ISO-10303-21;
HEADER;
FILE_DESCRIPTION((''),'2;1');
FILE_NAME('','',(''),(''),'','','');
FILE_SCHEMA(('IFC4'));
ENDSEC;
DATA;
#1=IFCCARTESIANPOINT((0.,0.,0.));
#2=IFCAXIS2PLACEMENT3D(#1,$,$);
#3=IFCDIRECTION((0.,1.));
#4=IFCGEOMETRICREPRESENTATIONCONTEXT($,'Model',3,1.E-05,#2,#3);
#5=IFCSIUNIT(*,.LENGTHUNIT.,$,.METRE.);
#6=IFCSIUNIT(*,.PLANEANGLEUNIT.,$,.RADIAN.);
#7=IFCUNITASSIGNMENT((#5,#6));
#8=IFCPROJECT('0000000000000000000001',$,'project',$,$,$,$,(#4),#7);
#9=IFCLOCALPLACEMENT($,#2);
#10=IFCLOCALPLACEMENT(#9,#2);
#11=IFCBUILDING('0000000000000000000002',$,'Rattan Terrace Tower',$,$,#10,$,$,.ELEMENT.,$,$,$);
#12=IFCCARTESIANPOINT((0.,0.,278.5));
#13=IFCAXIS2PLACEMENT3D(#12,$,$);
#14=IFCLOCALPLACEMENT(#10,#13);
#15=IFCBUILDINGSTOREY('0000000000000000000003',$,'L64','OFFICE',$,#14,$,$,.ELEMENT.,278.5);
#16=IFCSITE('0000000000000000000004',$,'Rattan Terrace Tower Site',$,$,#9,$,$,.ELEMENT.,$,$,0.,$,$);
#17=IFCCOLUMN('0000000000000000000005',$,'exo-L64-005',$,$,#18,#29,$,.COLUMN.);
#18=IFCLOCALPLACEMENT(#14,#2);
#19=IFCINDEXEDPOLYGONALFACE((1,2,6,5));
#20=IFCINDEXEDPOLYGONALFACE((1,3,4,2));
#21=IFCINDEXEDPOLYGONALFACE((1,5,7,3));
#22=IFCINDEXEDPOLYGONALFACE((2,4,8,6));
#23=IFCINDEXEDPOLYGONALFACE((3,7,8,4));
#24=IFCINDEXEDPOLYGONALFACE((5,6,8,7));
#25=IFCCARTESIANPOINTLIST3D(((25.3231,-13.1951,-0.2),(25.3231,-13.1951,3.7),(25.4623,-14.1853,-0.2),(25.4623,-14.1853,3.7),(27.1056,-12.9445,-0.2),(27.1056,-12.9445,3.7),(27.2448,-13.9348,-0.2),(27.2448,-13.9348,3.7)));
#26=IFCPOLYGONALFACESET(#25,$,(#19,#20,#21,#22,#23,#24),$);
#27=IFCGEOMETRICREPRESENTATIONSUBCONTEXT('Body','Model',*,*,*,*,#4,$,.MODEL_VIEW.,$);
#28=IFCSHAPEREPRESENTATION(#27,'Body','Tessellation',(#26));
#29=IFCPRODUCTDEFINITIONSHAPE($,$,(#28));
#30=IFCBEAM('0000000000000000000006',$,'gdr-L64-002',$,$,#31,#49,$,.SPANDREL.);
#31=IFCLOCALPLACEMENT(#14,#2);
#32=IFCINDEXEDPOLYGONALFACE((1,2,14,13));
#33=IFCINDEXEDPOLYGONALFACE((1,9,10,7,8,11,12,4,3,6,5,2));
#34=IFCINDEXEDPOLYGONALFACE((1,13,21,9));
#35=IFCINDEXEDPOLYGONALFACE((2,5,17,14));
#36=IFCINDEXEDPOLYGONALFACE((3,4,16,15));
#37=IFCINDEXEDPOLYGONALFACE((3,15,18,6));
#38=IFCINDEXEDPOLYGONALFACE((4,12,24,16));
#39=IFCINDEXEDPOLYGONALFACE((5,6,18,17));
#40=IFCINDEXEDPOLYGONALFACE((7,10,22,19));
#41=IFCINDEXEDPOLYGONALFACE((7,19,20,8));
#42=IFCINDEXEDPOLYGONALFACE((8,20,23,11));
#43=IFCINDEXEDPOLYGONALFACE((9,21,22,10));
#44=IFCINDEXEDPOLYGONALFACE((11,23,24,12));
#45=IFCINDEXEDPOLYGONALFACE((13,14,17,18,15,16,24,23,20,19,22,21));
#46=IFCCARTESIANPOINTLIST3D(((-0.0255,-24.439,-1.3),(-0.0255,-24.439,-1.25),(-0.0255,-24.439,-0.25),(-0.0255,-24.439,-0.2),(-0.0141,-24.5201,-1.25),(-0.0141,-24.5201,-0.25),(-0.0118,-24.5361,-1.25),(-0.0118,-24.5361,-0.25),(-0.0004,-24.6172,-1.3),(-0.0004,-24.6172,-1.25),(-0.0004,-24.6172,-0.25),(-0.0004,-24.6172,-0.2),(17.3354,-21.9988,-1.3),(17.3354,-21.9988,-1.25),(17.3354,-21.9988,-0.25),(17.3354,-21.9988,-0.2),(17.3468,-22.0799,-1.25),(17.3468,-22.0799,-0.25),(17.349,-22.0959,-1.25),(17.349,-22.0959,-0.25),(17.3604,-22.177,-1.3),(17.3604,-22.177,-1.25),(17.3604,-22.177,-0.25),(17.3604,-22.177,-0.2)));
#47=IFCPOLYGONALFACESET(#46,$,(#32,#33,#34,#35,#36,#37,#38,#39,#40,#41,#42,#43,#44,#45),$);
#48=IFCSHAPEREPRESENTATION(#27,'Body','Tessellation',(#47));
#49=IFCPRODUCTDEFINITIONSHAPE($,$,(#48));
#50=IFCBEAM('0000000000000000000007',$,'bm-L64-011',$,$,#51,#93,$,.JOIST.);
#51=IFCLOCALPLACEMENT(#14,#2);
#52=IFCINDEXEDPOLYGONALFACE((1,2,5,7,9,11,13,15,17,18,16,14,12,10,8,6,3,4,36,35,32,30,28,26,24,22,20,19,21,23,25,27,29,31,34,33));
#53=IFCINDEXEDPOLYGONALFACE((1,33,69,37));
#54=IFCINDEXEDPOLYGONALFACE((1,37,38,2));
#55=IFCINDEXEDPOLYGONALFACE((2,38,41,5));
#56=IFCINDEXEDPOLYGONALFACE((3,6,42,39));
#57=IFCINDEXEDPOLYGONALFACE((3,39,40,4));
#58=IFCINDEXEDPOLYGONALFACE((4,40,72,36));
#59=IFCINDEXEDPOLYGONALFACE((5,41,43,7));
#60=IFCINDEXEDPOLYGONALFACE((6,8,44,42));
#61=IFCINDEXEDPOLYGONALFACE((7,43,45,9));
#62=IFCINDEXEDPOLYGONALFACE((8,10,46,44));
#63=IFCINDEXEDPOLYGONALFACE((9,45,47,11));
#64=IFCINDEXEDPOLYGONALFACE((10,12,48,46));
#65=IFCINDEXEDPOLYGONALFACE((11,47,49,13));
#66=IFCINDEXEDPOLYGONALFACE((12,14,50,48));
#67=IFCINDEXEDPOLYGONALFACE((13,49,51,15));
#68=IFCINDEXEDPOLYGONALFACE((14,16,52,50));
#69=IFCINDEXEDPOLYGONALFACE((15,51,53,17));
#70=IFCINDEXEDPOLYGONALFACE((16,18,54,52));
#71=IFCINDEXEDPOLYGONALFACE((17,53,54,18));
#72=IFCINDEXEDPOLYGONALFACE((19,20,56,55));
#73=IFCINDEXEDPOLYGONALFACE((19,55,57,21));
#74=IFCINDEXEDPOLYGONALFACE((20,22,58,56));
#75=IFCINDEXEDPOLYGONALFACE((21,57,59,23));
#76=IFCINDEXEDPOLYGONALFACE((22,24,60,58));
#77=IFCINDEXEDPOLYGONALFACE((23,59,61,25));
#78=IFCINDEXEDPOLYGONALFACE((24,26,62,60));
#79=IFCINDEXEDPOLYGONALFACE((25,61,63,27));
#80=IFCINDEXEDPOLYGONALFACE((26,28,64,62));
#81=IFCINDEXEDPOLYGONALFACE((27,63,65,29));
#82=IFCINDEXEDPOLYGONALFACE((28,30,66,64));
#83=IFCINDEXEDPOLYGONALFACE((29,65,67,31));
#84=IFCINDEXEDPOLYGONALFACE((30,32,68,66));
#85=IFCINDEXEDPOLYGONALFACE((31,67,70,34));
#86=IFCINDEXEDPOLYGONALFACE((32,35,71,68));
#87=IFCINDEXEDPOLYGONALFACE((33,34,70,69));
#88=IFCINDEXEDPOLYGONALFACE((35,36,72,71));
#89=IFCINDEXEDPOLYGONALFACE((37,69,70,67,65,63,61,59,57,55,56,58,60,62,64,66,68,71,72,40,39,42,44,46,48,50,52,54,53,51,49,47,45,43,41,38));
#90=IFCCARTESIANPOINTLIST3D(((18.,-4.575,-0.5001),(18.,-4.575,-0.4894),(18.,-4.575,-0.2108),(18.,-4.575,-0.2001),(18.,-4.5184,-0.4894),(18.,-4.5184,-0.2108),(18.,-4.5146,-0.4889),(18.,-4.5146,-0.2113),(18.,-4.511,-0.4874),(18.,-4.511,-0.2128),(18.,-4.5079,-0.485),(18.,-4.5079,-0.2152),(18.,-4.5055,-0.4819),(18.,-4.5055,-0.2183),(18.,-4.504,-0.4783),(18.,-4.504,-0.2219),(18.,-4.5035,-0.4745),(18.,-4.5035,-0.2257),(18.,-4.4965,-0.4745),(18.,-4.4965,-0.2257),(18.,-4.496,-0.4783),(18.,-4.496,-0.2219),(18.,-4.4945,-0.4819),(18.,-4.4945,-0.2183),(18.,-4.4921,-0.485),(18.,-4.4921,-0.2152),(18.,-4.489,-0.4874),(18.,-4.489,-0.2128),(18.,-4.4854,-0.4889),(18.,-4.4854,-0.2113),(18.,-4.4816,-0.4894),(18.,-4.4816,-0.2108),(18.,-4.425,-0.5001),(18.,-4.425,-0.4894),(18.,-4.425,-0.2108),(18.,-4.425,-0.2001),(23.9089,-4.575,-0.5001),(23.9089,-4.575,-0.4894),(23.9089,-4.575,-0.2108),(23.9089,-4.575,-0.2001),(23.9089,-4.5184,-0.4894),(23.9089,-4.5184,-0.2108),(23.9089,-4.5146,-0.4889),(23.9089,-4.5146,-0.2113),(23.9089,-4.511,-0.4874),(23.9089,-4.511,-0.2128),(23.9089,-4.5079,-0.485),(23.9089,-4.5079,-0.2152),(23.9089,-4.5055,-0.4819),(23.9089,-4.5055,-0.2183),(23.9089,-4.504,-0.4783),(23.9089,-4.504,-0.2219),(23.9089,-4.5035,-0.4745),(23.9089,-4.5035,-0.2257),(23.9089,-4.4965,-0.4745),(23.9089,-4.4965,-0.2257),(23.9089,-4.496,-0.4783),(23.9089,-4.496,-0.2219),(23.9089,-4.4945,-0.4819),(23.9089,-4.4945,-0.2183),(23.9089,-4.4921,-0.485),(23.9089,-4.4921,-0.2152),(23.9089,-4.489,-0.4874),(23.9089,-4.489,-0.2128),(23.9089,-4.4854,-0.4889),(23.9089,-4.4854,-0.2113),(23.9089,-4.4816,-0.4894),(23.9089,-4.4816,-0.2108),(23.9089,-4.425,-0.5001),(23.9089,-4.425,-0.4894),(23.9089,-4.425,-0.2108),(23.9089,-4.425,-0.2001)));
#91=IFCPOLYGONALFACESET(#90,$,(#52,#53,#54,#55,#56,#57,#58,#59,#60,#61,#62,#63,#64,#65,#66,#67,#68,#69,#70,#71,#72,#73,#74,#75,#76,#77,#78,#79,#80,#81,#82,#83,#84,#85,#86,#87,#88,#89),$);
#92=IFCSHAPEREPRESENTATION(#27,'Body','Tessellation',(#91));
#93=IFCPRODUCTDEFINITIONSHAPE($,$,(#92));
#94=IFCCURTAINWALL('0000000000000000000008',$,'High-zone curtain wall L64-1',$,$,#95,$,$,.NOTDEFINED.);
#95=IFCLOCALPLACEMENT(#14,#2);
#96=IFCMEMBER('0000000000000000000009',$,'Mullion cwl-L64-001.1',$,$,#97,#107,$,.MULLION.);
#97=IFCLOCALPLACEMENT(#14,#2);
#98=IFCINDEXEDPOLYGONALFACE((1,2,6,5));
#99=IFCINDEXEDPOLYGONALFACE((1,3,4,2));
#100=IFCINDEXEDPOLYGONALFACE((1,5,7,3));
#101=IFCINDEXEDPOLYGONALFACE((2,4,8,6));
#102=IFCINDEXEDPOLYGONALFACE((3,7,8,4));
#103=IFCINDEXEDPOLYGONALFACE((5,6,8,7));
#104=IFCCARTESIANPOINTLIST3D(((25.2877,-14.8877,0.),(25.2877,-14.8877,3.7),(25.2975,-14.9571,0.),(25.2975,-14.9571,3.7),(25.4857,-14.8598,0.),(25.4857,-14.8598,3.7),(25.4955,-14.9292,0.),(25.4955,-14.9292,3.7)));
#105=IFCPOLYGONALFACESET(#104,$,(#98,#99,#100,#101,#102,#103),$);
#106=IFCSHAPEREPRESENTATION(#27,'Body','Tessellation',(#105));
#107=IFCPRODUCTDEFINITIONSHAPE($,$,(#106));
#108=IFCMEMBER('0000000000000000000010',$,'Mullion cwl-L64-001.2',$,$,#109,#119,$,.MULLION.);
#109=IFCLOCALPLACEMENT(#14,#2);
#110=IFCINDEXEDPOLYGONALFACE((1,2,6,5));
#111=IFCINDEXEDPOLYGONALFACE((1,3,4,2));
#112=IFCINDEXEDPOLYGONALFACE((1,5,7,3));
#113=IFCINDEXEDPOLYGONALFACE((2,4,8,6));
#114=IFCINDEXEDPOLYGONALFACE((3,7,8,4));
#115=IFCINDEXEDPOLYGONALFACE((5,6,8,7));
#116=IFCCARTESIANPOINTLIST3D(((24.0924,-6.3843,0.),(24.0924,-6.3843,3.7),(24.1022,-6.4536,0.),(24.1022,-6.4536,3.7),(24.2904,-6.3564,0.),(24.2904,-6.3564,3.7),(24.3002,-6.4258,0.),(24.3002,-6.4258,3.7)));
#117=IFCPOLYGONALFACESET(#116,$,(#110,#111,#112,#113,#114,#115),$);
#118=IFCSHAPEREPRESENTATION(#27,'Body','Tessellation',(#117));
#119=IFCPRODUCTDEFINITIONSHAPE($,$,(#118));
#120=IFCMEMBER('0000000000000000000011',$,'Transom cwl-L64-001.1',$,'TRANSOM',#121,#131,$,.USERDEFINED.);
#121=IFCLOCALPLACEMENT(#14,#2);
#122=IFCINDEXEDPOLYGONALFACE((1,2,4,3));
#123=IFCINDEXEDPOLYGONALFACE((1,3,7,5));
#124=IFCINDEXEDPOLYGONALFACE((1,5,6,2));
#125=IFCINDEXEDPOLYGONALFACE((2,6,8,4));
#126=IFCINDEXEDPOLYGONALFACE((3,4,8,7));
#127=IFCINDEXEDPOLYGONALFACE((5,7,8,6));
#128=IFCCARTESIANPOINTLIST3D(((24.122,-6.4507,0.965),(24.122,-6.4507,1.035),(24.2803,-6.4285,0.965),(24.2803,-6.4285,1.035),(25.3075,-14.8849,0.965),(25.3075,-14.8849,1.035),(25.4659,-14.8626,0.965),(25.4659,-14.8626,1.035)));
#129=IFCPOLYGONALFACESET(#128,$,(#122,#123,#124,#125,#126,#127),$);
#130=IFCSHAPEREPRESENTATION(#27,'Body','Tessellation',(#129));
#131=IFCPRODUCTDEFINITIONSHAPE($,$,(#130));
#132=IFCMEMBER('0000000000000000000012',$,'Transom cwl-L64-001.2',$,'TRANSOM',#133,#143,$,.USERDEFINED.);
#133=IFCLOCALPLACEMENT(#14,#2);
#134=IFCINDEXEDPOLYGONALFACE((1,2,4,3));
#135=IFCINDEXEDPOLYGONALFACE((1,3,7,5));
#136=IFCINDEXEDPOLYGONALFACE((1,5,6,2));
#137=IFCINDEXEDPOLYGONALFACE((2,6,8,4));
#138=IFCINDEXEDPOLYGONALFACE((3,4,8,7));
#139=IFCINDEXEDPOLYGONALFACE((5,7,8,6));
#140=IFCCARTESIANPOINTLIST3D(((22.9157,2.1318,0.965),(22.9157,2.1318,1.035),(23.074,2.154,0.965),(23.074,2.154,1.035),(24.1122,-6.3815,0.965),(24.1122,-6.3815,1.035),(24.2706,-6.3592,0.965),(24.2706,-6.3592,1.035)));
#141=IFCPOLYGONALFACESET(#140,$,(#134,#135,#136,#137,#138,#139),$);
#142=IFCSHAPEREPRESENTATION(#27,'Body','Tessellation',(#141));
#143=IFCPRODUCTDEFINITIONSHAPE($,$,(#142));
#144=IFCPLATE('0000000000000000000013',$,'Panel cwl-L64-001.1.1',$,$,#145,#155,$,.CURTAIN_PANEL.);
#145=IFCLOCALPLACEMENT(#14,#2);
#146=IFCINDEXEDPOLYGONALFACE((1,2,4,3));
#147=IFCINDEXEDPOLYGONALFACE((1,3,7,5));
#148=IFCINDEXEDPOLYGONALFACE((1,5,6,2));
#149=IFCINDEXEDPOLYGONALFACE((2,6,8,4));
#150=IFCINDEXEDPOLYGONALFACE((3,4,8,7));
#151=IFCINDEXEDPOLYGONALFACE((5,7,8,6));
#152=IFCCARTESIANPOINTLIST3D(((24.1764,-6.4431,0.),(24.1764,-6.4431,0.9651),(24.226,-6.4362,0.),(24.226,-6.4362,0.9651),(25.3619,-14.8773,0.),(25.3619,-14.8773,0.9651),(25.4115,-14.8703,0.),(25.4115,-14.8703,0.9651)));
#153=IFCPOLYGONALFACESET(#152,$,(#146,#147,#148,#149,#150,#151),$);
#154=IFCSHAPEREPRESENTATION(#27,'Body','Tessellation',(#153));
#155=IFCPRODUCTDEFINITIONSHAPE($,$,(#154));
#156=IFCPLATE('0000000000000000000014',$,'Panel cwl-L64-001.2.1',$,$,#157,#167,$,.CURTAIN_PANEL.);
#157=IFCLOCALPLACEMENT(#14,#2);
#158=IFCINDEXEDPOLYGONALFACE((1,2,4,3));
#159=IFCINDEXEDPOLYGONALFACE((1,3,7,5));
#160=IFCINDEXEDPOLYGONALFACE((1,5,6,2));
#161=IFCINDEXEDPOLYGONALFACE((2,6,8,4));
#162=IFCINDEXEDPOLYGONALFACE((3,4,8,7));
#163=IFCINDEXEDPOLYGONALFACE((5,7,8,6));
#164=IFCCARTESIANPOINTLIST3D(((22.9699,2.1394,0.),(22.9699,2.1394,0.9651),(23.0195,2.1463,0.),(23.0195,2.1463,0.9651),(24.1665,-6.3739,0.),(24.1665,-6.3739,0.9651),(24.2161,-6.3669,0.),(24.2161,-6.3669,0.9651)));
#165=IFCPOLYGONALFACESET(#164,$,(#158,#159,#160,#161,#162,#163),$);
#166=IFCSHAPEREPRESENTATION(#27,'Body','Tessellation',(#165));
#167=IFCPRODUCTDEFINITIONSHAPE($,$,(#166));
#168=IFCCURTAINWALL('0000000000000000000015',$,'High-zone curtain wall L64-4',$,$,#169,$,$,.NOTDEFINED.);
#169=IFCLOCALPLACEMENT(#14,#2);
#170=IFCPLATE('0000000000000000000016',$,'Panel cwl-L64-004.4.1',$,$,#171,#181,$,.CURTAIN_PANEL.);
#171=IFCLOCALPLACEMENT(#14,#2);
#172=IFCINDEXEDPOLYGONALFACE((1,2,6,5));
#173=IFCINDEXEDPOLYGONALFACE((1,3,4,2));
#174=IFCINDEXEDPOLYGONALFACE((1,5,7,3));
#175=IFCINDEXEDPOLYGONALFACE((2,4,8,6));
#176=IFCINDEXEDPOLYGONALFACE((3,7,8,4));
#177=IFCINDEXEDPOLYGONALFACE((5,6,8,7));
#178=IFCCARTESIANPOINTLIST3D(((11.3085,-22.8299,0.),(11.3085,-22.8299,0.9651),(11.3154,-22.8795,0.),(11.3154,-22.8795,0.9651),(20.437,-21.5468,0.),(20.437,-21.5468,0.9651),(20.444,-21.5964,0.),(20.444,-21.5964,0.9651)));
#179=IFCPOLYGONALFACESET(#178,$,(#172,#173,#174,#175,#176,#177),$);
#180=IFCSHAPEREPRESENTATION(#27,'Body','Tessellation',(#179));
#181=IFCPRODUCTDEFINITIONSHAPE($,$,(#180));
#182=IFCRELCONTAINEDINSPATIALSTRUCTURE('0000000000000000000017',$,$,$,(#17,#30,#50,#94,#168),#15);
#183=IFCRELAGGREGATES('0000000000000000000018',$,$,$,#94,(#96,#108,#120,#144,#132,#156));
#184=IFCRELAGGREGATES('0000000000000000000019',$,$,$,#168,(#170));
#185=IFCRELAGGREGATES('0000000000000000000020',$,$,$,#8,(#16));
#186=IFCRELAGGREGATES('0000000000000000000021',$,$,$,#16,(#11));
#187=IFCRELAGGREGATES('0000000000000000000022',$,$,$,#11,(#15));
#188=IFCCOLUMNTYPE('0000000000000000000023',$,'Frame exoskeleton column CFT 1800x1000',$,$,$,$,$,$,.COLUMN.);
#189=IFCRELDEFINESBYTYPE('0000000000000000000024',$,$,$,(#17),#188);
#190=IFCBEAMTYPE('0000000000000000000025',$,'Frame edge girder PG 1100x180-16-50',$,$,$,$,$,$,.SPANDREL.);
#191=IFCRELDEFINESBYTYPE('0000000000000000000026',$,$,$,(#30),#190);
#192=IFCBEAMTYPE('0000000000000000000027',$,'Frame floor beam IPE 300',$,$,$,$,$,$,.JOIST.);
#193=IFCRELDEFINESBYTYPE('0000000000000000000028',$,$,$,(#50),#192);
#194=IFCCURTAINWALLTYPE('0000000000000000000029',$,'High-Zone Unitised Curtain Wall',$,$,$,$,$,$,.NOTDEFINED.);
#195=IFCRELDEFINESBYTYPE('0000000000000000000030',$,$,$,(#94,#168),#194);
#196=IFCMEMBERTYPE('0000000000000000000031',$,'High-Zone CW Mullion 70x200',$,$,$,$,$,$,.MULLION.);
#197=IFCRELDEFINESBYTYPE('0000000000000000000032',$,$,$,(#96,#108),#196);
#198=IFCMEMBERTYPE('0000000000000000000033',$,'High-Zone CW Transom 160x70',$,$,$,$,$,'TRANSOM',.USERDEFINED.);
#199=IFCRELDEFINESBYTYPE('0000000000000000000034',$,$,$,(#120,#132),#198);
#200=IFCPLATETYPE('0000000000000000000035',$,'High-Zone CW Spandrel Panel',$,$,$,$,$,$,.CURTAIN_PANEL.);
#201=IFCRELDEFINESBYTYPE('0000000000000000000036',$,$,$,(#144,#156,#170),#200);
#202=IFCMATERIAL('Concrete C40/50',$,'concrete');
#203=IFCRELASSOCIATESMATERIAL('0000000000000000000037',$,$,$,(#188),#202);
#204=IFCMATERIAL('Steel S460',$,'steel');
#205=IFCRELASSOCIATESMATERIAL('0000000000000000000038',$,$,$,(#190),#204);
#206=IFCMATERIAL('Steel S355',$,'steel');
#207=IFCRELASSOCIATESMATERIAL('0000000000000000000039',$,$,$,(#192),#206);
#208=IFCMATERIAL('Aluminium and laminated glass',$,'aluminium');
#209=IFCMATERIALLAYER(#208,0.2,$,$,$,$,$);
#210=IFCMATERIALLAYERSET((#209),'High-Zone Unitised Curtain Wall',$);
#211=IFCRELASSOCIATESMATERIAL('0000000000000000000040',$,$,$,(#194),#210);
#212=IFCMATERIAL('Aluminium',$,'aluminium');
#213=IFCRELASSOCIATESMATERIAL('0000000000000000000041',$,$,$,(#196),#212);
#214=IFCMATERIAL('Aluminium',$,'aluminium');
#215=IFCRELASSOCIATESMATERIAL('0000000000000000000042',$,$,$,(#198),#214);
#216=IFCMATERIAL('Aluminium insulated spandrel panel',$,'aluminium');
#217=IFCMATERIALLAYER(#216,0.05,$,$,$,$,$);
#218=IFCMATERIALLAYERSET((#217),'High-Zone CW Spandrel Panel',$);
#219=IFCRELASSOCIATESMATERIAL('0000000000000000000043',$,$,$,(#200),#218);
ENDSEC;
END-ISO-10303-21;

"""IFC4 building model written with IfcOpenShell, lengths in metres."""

from ifc_helpers import new_model, si_unit, direction, frame, origin, origin_2d, place, context, subcontext, project, spatial, rectangle, i_section, extrude, material, layer, layer_set, material_profile, profile_set, type_object, element, aggregate, save


model = new_model("IFC4")

# Units and contexts
model_context = context("Model", 3, precision=1e-05, world=origin(), true_north=direction((0.0, 1.0)))
body_context = subcontext(model_context, "Body", "Model", "MODEL_VIEW")
ifc_project = project(units=[si_unit("LENGTHUNIT", "METRE"), si_unit("PLANEANGLEUNIT", "RADIAN")], contexts=[model_context])

# Site, building, storey
site_placement = place(None, origin())
site = spatial("IfcSite", under=ifc_project, at=site_placement, Name="Rattan Terrace Tower Site", CompositionType="ELEMENT", RefElevation=0.0)
building_placement = place(site_placement, origin())
building = spatial("IfcBuilding", under=site, at=building_placement, Name="Rattan Terrace Tower", CompositionType="ELEMENT")
storey_placement = place(building_placement, frame((0.0, 0.0, 278.5)))
storey = spatial("IfcBuildingStorey", under=building, at=storey_placement, Name="L64", Description="OFFICE", CompositionType="ELEMENT", Elevation=278.5)

# Column
ifc_material_1 = material(Name="Concrete C40/50", Category="concrete")
ifc_material_profile_1 = material_profile(ifc_material_1, rectangle(XDim=1.0, YDim=1.8, at=origin_2d()), Name="CFT 1800x1000")
ifc_profile_set_1 = profile_set([ifc_material_profile_1], Name="Concrete C40/50")
column_type = type_object("IfcColumnType", Name="Frame exoskeleton column CFT 1800x1000", PredefinedType="COLUMN", material=ifc_profile_set_1)
column_placement = place(storey_placement, frame((26.2839, -13.5649, -0.2), z_axis=(0.0, 0.0, 1.0), x_axis=(-0.13919, 0.990266, 0.0)))
element("IfcColumn", 1, at=column_placement, inside=storey, type_object=column_type, Name="exo-L64-005", PredefinedType="COLUMN", context=body_context, shape_type="SweptSolid", body=[
    extrude(rectangle(XDim=1.0, YDim=1.8, at=origin_2d()), origin(), (0.0, 0.0, 1.0), 3.8999),
])

# Beams
ifc_material_2 = material(Name="Steel S460", Category="steel")
ifc_material_profile_2 = material_profile(ifc_material_2, i_section(OverallWidth=0.1799, OverallDepth=1.1001, WebThickness=0.0161, FlangeThickness=0.05, at=origin_2d()), Name="PG 1100x180-16-50")
ifc_profile_set_2 = profile_set([ifc_material_profile_2], Name="Steel S460")
beam_type_1 = type_object("IfcBeamType", Name="Frame edge girder PG 1100x180-16-50", PredefinedType="SPANDREL", material=ifc_profile_set_2)
beam_1_placement = place(storey_placement, frame((17.3479, -22.0879, -0.75), z_axis=(-0.990266, -0.139189, 0.0), x_axis=(0.139189, -0.990266, 0.0)))
element("IfcBeam", 2, at=beam_1_placement, inside=storey, type_object=beam_type_1, Name="gdr-L64-002", PredefinedType="SPANDREL", context=body_context, shape_type="SweptSolid", body=[
    extrude(i_section(OverallWidth=0.1799, OverallDepth=1.1001, WebThickness=0.0161, FlangeThickness=0.05, at=origin_2d()), origin(), (0.0, 0.0, 1.0), 17.5315),
])
ifc_material_3 = material(Name="Steel S355", Category="steel")
ifc_material_profile_3 = material_profile(ifc_material_3, i_section(OverallWidth=0.1499, OverallDepth=0.3, WebThickness=0.0071, FlangeThickness=0.0107, FilletRadius=0.0149, at=origin_2d()), Name="IPE 300")
ifc_profile_set_3 = profile_set([ifc_material_profile_3], Name="Steel S355")
beam_type_2 = type_object("IfcBeamType", Name="Frame floor beam IPE 300", PredefinedType="JOIST", material=ifc_profile_set_3)
beam_2_placement = place(storey_placement, frame((18.0, -4.5, -0.3501), z_axis=(1.0, 0.0, 0.0), x_axis=(0.0, 1.0, 0.0)))
element("IfcBeam", 3, at=beam_2_placement, inside=storey, type_object=beam_type_2, Name="bm-L64-011", PredefinedType="JOIST", context=body_context, shape_type="SweptSolid", body=[
    extrude(i_section(OverallWidth=0.1499, OverallDepth=0.3, WebThickness=0.0071, FlangeThickness=0.0107, FilletRadius=0.0149, at=origin_2d()), origin(), (0.0, 0.0, 1.0), 5.9089),
])

# Curtain wall, members, plates
ifc_material_4 = material(Name="Aluminium and laminated glass", Category="aluminium")
ifc_layer_1 = layer(ifc_material_4, 0.2)
ifc_layer_set_1 = layer_set([ifc_layer_1], Name="High-Zone Unitised Curtain Wall")
curtain_wall_type = type_object("IfcCurtainWallType", Name="High-Zone Unitised Curtain Wall", PredefinedType="NOTDEFINED", material=ifc_layer_set_1)
curtain_wall_1_placement = place(storey_placement, origin())
curtain_wall_1 = element("IfcCurtainWall", 4, at=curtain_wall_1_placement, inside=storey, type_object=curtain_wall_type, Name="High-zone curtain wall L64-1", PredefinedType="NOTDEFINED")
ifc_material_5 = material(Name="Aluminium", Category="aluminium")
ifc_material_profile_4 = material_profile(ifc_material_5, rectangle(XDim=0.0701, YDim=0.2, at=origin_2d()), Name="Aluminium 70x200")
ifc_profile_set_4 = profile_set([ifc_material_profile_4], Name="Aluminium")
member_type_1 = type_object("IfcMemberType", Name="High-Zone CW Mullion 70x200", PredefinedType="MULLION", material=ifc_profile_set_4)
member_1_placement = place(storey_placement, frame((25.3916, -14.9084, 0.0), z_axis=(0.0, 0.0, 1.0), x_axis=(-0.139192, 0.990265, 0.0)))
member_1 = element("IfcMember", 5, at=member_1_placement, type_object=member_type_1, Name="Mullion cwl-L64-001.1", PredefinedType="MULLION", context=body_context, shape_type="SweptSolid", body=[
    extrude(rectangle(XDim=0.0701, YDim=0.2, at=origin_2d()), origin(), (0.0, 0.0, 1.0), 3.7),
])
member_2_placement = place(storey_placement, frame((24.1963, -6.405, 0.0), z_axis=(0.0, 0.0, 1.0), x_axis=(-0.139192, 0.990265, 0.0)))
member_2 = element("IfcMember", 6, at=member_2_placement, type_object=member_type_1, Name="Mullion cwl-L64-001.2", PredefinedType="MULLION", context=body_context, shape_type="SweptSolid", body=[
    extrude(rectangle(XDim=0.0701, YDim=0.2, at=origin_2d()), origin(), (0.0, 0.0, 1.0), 3.7),
])
ifc_material_6 = material(Name="Aluminium", Category="aluminium")
ifc_material_profile_5 = material_profile(ifc_material_6, rectangle(XDim=0.1599, YDim=0.0701, at=origin_2d()), Name="Aluminium 160x70")
ifc_profile_set_5 = profile_set([ifc_material_profile_5], Name="Aluminium")
member_type_2 = type_object("IfcMemberType", Name="High-Zone CW Transom 160x70", ElementType="TRANSOM", PredefinedType="USERDEFINED", material=ifc_profile_set_5)
member_3_placement = place(storey_placement, frame((25.3867, -14.8738, 1.0), z_axis=(-0.139198, 0.990265, 0.0), x_axis=(-0.990265, -0.139198, 0.0)))
member_3 = element("IfcMember", 7, at=member_3_placement, type_object=member_type_2, Name="Transom cwl-L64-001.1", ObjectType="TRANSOM", PredefinedType="USERDEFINED", context=body_context, shape_type="SweptSolid", body=[
    extrude(rectangle(XDim=0.1599, YDim=0.0701, at=origin_2d()), origin(), (0.0, 0.0, 1.0), 8.5171),
])
member_4_placement = place(storey_placement, frame((24.1914, -6.3704, 1.0), z_axis=(-0.139183, 0.990267, 0.0), x_axis=(-0.990267, -0.139183, 0.0)))
member_4 = element("IfcMember", 8, at=member_4_placement, type_object=member_type_2, Name="Transom cwl-L64-001.2", ObjectType="TRANSOM", PredefinedType="USERDEFINED", context=body_context, shape_type="SweptSolid", body=[
    extrude(rectangle(XDim=0.1599, YDim=0.0701, at=origin_2d()), origin(), (0.0, 0.0, 1.0), 8.5969),
])
ifc_material_7 = material(Name="Aluminium insulated spandrel panel", Category="aluminium")
ifc_layer_2 = layer(ifc_material_7, 0.05)
ifc_layer_set_2 = layer_set([ifc_layer_2], Name="High-Zone CW Spandrel Panel")
plate_type_1 = type_object("IfcPlateType", Name="High-Zone CW Spandrel Panel", PredefinedType="CURTAIN_PANEL", material=ifc_layer_set_2)
plate_1_placement = place(storey_placement, frame((24.7939, -10.6567, 0.0), z_axis=(0.0, 0.0, 1.0), x_axis=(-0.139192, 0.990265, 0.0)))
plate_1 = element("IfcPlate", 9, at=plate_1_placement, type_object=plate_type_1, Name="Panel cwl-L64-001.1.1", PredefinedType="CURTAIN_PANEL", context=body_context, shape_type="SweptSolid", body=[
    extrude(rectangle(XDim=8.5171, YDim=0.05, at=origin_2d()), origin(), (0.0, 0.0, 1.0), 0.9651),
])
plate_2_placement = place(storey_placement, frame((23.593, -2.1138, 0.0), z_axis=(0.0, 0.0, 1.0), x_axis=(-0.139192, 0.990265, 0.0)))
plate_2 = element("IfcPlate", 10, at=plate_2_placement, type_object=plate_type_1, Name="Panel cwl-L64-001.2.1", PredefinedType="CURTAIN_PANEL", context=body_context, shape_type="SweptSolid", body=[
    extrude(rectangle(XDim=8.5969, YDim=0.05, at=origin_2d()), origin(), (0.0, 0.0, 1.0), 0.9651),
])

# Curtain wall, plate
curtain_wall_2_placement = place(storey_placement, origin())
curtain_wall_2 = element("IfcCurtainWall", 11, at=curtain_wall_2_placement, inside=storey, type_object=curtain_wall_type, Name="High-zone curtain wall L64-4", PredefinedType="NOTDEFINED")
plate_3_placement = place(storey_placement, frame((15.8762, -22.2131, 0.0), z_axis=(0.0, 0.0, 1.0), x_axis=(0.990266, 0.139189, 0.0)))
plate_3 = element("IfcPlate", 12, at=plate_3_placement, type_object=plate_type_1, Name="Panel cwl-L64-004.4.1", PredefinedType="CURTAIN_PANEL", context=body_context, shape_type="SweptSolid", body=[
    extrude(rectangle(XDim=9.2183, YDim=0.05, at=origin_2d()), origin(), (0.0, 0.0, 1.0), 0.9651),
])

aggregate(curtain_wall_1, [member_1, member_2, member_3, plate_1, member_4, plate_2])
aggregate(curtain_wall_2, [plate_3])

save(model, "model.ifc")
